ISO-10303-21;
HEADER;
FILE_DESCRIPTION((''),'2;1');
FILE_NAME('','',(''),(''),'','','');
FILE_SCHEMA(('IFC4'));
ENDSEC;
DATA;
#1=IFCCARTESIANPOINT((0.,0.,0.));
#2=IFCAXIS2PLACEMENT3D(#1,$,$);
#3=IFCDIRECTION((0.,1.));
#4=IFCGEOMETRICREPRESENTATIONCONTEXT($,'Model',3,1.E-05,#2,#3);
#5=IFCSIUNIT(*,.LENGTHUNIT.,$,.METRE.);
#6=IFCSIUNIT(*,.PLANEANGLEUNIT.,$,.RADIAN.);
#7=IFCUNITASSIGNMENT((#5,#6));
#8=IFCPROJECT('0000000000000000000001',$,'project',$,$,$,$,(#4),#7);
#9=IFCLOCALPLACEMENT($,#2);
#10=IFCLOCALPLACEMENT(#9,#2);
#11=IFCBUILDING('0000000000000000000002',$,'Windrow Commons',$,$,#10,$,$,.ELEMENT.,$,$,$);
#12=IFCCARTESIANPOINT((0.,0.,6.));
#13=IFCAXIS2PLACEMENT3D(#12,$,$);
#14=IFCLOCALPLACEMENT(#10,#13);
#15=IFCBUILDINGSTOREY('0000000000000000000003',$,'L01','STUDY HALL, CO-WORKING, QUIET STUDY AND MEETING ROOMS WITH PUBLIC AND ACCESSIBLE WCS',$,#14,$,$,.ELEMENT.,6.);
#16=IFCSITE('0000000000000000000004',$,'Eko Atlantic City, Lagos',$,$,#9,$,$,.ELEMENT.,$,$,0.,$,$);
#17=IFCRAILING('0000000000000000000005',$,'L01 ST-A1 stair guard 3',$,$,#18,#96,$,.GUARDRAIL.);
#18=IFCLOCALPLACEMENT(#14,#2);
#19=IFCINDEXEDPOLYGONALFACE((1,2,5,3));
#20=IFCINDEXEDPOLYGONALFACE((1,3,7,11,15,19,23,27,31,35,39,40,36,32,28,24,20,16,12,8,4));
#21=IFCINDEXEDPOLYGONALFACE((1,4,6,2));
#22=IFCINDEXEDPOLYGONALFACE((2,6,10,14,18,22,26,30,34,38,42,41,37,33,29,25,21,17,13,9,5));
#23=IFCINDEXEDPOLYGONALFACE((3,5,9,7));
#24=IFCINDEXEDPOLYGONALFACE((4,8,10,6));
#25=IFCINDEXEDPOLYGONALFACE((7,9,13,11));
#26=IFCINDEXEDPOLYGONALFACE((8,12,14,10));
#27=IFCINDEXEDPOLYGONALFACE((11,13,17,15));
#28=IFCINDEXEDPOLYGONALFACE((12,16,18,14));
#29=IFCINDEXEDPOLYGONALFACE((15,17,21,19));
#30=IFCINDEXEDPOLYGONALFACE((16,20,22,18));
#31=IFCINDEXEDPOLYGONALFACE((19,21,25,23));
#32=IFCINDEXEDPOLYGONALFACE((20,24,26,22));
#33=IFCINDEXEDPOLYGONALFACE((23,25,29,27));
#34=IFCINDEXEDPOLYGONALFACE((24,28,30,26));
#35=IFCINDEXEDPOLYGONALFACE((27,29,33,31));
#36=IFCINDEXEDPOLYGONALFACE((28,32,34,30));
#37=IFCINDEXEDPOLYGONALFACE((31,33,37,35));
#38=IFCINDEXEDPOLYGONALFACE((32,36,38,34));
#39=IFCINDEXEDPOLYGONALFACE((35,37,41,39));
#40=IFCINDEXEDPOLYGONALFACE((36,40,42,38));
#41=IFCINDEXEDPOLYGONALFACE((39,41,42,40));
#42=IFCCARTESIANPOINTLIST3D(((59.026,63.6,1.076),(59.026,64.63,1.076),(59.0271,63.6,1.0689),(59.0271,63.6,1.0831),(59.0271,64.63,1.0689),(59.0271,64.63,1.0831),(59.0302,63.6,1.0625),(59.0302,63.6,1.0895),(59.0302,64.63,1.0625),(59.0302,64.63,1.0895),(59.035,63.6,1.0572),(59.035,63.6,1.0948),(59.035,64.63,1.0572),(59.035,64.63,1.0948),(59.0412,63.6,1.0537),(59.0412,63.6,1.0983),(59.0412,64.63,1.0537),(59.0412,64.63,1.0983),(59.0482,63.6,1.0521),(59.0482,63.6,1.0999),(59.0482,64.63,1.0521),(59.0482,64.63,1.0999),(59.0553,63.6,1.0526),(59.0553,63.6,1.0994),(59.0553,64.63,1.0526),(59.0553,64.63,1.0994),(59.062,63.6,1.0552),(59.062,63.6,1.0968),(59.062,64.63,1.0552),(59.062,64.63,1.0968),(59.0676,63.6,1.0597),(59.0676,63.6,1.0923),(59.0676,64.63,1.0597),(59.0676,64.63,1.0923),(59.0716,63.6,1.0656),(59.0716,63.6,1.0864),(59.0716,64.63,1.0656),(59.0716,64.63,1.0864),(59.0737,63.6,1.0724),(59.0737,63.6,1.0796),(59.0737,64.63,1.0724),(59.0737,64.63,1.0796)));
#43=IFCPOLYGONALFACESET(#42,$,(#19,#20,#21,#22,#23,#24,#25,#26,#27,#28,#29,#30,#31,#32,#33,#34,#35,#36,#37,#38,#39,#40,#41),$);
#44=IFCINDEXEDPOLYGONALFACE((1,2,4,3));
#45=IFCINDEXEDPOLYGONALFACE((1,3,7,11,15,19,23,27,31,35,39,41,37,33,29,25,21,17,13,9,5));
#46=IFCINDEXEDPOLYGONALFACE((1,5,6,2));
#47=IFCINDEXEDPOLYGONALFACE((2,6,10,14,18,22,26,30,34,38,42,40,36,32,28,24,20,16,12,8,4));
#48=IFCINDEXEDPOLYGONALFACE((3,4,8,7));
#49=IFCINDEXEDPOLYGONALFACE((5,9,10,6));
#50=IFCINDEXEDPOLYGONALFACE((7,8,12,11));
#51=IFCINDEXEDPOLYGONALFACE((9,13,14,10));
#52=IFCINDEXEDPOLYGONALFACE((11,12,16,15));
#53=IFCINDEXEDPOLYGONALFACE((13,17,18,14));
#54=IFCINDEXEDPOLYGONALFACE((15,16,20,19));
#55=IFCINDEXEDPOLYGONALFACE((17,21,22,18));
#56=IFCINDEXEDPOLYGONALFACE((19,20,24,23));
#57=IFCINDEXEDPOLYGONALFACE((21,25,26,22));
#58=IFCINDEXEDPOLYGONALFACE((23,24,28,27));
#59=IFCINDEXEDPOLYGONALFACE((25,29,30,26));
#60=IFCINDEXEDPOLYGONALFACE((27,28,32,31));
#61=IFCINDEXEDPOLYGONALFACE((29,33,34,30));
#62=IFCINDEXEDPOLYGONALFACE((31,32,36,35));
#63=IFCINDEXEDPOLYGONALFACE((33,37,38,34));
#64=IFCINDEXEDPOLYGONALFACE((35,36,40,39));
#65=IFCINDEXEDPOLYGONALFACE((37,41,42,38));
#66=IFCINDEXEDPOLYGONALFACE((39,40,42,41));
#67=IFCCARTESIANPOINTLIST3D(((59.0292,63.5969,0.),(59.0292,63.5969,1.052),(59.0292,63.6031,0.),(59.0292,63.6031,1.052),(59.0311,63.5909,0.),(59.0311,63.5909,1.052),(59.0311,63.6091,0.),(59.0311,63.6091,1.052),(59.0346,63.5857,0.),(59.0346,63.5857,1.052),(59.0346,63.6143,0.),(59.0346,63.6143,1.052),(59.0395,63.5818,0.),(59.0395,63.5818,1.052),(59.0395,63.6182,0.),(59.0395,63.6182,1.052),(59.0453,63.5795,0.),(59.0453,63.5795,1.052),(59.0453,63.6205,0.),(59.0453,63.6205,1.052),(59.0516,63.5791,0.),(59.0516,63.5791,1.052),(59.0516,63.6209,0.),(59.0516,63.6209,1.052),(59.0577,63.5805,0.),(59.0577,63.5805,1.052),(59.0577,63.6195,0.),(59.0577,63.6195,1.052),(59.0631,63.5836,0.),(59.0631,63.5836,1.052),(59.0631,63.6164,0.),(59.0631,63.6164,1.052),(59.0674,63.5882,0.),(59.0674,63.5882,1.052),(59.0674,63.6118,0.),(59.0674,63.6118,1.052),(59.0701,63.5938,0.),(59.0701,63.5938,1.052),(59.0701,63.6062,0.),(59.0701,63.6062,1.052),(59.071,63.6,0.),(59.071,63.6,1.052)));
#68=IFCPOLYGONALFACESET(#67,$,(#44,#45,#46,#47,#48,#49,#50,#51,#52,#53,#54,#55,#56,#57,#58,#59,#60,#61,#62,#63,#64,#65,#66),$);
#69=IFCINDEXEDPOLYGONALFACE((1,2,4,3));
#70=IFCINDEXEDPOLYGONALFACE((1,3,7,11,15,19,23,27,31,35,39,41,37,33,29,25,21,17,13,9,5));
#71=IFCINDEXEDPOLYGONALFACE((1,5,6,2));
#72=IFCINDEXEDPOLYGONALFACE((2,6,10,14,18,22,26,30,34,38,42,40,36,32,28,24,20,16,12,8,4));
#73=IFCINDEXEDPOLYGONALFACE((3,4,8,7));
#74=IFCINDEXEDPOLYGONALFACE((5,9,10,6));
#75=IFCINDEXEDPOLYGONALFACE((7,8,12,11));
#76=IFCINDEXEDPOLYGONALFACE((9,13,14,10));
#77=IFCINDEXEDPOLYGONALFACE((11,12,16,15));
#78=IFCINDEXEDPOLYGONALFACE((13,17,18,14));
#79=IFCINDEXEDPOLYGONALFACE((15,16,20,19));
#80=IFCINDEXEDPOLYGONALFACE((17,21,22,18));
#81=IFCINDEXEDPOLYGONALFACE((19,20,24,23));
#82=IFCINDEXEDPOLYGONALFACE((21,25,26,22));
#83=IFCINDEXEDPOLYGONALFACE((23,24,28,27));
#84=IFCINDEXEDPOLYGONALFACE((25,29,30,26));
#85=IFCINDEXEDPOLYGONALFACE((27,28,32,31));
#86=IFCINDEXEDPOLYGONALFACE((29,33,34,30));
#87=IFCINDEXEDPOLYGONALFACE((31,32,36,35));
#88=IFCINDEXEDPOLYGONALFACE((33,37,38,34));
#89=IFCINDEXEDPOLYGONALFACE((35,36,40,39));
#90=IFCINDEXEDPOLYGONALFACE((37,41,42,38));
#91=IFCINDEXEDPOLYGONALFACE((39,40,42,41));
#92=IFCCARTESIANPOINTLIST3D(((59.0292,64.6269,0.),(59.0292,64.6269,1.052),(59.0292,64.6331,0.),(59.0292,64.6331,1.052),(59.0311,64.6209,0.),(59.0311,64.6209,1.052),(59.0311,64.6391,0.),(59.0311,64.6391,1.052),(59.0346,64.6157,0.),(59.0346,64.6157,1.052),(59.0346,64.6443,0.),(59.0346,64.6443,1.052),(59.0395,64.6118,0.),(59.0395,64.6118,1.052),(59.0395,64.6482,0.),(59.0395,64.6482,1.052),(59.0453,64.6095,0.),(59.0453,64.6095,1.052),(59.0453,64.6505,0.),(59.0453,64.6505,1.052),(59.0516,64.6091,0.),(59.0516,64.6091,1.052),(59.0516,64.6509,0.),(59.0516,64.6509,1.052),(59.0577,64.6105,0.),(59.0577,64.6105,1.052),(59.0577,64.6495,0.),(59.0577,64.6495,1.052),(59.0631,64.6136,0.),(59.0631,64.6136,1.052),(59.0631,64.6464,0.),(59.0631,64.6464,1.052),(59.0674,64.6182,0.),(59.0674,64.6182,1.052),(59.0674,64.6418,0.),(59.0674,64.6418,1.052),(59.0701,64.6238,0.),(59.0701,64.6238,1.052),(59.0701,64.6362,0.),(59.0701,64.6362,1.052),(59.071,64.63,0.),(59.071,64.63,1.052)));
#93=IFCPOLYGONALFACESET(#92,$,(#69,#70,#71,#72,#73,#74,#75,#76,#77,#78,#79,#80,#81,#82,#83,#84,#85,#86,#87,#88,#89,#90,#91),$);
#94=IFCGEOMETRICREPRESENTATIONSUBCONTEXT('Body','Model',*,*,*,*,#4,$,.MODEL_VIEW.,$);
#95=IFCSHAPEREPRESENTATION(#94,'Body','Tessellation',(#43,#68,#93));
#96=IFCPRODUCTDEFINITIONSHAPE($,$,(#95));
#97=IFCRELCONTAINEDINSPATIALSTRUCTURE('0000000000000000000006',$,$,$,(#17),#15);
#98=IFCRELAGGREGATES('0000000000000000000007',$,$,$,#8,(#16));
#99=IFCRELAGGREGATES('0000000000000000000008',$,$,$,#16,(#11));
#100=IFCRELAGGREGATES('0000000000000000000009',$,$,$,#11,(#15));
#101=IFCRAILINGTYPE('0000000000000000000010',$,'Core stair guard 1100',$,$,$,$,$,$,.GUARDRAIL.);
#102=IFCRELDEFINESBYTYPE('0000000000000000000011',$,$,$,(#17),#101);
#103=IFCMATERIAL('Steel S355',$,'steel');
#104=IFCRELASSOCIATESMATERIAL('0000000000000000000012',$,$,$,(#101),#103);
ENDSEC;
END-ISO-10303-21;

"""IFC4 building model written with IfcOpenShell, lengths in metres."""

from ifc_helpers import new_model, si_unit, direction, frame, origin, origin_2d, place, context, subcontext, project, spatial, circle, extrude, material, type_object, element, save


model = new_model("IFC4")

# Units and contexts
model_context = context("Model", 3, precision=1e-05, world=origin(), true_north=direction((0.0, 1.0)))
body_context = subcontext(model_context, "Body", "Model", "MODEL_VIEW")
ifc_project = project(units=[si_unit("LENGTHUNIT", "METRE"), si_unit("PLANEANGLEUNIT", "RADIAN")], contexts=[model_context])

# Site, building, storey
site_placement = place(None, origin())
site = spatial("IfcSite", under=ifc_project, at=site_placement, Name="Eko Atlantic City, Lagos", CompositionType="ELEMENT", RefElevation=0.0)
building_placement = place(site_placement, origin())
building = spatial("IfcBuilding", under=site, at=building_placement, Name="Windrow Commons", CompositionType="ELEMENT")
storey_placement = place(building_placement, frame((0.0, 0.0, 6.0)))
storey = spatial("IfcBuildingStorey", under=building, at=storey_placement, Name="L01", Description="STUDY HALL, CO-WORKING, QUIET STUDY AND MEETING ROOMS WITH PUBLIC AND ACCESSIBLE WCS", CompositionType="ELEMENT", Elevation=6.0)

# Railing
ifc_material_1 = material(Name="Steel S355", Category="steel")
railing_type_1 = type_object("IfcRailingType", Name="Core stair guard 1100", PredefinedType="GUARDRAIL", material=ifc_material_1)
railing_1_placement = place(storey_placement, frame((59.05, 63.6, 0.0)))
element("IfcRailing", 1, at=railing_1_placement, inside=storey, type_object=railing_type_1, Name="L01 ST-A1 stair guard 3", PredefinedType="GUARDRAIL", context=body_context, shape_type="SweptSolid", body=[
    extrude(circle(Radius=0.024, at=origin_2d()), frame((0.0, 0.0, 1.076), z_axis=(0.0, 1.0, 0.0), x_axis=(-1.0, 0.0, 0.0)), (0.0, 0.0, 1.0), 1.03),
    extrude(circle(Radius=0.021, at=origin_2d()), origin(), (0.0, 0.0, 1.0), 1.052),
    extrude(circle(Radius=0.021, at=origin_2d()), frame((0.0, 1.03, 0.0)), (0.0, 0.0, 1.0), 1.052),
])

save(model, "model.ifc")
